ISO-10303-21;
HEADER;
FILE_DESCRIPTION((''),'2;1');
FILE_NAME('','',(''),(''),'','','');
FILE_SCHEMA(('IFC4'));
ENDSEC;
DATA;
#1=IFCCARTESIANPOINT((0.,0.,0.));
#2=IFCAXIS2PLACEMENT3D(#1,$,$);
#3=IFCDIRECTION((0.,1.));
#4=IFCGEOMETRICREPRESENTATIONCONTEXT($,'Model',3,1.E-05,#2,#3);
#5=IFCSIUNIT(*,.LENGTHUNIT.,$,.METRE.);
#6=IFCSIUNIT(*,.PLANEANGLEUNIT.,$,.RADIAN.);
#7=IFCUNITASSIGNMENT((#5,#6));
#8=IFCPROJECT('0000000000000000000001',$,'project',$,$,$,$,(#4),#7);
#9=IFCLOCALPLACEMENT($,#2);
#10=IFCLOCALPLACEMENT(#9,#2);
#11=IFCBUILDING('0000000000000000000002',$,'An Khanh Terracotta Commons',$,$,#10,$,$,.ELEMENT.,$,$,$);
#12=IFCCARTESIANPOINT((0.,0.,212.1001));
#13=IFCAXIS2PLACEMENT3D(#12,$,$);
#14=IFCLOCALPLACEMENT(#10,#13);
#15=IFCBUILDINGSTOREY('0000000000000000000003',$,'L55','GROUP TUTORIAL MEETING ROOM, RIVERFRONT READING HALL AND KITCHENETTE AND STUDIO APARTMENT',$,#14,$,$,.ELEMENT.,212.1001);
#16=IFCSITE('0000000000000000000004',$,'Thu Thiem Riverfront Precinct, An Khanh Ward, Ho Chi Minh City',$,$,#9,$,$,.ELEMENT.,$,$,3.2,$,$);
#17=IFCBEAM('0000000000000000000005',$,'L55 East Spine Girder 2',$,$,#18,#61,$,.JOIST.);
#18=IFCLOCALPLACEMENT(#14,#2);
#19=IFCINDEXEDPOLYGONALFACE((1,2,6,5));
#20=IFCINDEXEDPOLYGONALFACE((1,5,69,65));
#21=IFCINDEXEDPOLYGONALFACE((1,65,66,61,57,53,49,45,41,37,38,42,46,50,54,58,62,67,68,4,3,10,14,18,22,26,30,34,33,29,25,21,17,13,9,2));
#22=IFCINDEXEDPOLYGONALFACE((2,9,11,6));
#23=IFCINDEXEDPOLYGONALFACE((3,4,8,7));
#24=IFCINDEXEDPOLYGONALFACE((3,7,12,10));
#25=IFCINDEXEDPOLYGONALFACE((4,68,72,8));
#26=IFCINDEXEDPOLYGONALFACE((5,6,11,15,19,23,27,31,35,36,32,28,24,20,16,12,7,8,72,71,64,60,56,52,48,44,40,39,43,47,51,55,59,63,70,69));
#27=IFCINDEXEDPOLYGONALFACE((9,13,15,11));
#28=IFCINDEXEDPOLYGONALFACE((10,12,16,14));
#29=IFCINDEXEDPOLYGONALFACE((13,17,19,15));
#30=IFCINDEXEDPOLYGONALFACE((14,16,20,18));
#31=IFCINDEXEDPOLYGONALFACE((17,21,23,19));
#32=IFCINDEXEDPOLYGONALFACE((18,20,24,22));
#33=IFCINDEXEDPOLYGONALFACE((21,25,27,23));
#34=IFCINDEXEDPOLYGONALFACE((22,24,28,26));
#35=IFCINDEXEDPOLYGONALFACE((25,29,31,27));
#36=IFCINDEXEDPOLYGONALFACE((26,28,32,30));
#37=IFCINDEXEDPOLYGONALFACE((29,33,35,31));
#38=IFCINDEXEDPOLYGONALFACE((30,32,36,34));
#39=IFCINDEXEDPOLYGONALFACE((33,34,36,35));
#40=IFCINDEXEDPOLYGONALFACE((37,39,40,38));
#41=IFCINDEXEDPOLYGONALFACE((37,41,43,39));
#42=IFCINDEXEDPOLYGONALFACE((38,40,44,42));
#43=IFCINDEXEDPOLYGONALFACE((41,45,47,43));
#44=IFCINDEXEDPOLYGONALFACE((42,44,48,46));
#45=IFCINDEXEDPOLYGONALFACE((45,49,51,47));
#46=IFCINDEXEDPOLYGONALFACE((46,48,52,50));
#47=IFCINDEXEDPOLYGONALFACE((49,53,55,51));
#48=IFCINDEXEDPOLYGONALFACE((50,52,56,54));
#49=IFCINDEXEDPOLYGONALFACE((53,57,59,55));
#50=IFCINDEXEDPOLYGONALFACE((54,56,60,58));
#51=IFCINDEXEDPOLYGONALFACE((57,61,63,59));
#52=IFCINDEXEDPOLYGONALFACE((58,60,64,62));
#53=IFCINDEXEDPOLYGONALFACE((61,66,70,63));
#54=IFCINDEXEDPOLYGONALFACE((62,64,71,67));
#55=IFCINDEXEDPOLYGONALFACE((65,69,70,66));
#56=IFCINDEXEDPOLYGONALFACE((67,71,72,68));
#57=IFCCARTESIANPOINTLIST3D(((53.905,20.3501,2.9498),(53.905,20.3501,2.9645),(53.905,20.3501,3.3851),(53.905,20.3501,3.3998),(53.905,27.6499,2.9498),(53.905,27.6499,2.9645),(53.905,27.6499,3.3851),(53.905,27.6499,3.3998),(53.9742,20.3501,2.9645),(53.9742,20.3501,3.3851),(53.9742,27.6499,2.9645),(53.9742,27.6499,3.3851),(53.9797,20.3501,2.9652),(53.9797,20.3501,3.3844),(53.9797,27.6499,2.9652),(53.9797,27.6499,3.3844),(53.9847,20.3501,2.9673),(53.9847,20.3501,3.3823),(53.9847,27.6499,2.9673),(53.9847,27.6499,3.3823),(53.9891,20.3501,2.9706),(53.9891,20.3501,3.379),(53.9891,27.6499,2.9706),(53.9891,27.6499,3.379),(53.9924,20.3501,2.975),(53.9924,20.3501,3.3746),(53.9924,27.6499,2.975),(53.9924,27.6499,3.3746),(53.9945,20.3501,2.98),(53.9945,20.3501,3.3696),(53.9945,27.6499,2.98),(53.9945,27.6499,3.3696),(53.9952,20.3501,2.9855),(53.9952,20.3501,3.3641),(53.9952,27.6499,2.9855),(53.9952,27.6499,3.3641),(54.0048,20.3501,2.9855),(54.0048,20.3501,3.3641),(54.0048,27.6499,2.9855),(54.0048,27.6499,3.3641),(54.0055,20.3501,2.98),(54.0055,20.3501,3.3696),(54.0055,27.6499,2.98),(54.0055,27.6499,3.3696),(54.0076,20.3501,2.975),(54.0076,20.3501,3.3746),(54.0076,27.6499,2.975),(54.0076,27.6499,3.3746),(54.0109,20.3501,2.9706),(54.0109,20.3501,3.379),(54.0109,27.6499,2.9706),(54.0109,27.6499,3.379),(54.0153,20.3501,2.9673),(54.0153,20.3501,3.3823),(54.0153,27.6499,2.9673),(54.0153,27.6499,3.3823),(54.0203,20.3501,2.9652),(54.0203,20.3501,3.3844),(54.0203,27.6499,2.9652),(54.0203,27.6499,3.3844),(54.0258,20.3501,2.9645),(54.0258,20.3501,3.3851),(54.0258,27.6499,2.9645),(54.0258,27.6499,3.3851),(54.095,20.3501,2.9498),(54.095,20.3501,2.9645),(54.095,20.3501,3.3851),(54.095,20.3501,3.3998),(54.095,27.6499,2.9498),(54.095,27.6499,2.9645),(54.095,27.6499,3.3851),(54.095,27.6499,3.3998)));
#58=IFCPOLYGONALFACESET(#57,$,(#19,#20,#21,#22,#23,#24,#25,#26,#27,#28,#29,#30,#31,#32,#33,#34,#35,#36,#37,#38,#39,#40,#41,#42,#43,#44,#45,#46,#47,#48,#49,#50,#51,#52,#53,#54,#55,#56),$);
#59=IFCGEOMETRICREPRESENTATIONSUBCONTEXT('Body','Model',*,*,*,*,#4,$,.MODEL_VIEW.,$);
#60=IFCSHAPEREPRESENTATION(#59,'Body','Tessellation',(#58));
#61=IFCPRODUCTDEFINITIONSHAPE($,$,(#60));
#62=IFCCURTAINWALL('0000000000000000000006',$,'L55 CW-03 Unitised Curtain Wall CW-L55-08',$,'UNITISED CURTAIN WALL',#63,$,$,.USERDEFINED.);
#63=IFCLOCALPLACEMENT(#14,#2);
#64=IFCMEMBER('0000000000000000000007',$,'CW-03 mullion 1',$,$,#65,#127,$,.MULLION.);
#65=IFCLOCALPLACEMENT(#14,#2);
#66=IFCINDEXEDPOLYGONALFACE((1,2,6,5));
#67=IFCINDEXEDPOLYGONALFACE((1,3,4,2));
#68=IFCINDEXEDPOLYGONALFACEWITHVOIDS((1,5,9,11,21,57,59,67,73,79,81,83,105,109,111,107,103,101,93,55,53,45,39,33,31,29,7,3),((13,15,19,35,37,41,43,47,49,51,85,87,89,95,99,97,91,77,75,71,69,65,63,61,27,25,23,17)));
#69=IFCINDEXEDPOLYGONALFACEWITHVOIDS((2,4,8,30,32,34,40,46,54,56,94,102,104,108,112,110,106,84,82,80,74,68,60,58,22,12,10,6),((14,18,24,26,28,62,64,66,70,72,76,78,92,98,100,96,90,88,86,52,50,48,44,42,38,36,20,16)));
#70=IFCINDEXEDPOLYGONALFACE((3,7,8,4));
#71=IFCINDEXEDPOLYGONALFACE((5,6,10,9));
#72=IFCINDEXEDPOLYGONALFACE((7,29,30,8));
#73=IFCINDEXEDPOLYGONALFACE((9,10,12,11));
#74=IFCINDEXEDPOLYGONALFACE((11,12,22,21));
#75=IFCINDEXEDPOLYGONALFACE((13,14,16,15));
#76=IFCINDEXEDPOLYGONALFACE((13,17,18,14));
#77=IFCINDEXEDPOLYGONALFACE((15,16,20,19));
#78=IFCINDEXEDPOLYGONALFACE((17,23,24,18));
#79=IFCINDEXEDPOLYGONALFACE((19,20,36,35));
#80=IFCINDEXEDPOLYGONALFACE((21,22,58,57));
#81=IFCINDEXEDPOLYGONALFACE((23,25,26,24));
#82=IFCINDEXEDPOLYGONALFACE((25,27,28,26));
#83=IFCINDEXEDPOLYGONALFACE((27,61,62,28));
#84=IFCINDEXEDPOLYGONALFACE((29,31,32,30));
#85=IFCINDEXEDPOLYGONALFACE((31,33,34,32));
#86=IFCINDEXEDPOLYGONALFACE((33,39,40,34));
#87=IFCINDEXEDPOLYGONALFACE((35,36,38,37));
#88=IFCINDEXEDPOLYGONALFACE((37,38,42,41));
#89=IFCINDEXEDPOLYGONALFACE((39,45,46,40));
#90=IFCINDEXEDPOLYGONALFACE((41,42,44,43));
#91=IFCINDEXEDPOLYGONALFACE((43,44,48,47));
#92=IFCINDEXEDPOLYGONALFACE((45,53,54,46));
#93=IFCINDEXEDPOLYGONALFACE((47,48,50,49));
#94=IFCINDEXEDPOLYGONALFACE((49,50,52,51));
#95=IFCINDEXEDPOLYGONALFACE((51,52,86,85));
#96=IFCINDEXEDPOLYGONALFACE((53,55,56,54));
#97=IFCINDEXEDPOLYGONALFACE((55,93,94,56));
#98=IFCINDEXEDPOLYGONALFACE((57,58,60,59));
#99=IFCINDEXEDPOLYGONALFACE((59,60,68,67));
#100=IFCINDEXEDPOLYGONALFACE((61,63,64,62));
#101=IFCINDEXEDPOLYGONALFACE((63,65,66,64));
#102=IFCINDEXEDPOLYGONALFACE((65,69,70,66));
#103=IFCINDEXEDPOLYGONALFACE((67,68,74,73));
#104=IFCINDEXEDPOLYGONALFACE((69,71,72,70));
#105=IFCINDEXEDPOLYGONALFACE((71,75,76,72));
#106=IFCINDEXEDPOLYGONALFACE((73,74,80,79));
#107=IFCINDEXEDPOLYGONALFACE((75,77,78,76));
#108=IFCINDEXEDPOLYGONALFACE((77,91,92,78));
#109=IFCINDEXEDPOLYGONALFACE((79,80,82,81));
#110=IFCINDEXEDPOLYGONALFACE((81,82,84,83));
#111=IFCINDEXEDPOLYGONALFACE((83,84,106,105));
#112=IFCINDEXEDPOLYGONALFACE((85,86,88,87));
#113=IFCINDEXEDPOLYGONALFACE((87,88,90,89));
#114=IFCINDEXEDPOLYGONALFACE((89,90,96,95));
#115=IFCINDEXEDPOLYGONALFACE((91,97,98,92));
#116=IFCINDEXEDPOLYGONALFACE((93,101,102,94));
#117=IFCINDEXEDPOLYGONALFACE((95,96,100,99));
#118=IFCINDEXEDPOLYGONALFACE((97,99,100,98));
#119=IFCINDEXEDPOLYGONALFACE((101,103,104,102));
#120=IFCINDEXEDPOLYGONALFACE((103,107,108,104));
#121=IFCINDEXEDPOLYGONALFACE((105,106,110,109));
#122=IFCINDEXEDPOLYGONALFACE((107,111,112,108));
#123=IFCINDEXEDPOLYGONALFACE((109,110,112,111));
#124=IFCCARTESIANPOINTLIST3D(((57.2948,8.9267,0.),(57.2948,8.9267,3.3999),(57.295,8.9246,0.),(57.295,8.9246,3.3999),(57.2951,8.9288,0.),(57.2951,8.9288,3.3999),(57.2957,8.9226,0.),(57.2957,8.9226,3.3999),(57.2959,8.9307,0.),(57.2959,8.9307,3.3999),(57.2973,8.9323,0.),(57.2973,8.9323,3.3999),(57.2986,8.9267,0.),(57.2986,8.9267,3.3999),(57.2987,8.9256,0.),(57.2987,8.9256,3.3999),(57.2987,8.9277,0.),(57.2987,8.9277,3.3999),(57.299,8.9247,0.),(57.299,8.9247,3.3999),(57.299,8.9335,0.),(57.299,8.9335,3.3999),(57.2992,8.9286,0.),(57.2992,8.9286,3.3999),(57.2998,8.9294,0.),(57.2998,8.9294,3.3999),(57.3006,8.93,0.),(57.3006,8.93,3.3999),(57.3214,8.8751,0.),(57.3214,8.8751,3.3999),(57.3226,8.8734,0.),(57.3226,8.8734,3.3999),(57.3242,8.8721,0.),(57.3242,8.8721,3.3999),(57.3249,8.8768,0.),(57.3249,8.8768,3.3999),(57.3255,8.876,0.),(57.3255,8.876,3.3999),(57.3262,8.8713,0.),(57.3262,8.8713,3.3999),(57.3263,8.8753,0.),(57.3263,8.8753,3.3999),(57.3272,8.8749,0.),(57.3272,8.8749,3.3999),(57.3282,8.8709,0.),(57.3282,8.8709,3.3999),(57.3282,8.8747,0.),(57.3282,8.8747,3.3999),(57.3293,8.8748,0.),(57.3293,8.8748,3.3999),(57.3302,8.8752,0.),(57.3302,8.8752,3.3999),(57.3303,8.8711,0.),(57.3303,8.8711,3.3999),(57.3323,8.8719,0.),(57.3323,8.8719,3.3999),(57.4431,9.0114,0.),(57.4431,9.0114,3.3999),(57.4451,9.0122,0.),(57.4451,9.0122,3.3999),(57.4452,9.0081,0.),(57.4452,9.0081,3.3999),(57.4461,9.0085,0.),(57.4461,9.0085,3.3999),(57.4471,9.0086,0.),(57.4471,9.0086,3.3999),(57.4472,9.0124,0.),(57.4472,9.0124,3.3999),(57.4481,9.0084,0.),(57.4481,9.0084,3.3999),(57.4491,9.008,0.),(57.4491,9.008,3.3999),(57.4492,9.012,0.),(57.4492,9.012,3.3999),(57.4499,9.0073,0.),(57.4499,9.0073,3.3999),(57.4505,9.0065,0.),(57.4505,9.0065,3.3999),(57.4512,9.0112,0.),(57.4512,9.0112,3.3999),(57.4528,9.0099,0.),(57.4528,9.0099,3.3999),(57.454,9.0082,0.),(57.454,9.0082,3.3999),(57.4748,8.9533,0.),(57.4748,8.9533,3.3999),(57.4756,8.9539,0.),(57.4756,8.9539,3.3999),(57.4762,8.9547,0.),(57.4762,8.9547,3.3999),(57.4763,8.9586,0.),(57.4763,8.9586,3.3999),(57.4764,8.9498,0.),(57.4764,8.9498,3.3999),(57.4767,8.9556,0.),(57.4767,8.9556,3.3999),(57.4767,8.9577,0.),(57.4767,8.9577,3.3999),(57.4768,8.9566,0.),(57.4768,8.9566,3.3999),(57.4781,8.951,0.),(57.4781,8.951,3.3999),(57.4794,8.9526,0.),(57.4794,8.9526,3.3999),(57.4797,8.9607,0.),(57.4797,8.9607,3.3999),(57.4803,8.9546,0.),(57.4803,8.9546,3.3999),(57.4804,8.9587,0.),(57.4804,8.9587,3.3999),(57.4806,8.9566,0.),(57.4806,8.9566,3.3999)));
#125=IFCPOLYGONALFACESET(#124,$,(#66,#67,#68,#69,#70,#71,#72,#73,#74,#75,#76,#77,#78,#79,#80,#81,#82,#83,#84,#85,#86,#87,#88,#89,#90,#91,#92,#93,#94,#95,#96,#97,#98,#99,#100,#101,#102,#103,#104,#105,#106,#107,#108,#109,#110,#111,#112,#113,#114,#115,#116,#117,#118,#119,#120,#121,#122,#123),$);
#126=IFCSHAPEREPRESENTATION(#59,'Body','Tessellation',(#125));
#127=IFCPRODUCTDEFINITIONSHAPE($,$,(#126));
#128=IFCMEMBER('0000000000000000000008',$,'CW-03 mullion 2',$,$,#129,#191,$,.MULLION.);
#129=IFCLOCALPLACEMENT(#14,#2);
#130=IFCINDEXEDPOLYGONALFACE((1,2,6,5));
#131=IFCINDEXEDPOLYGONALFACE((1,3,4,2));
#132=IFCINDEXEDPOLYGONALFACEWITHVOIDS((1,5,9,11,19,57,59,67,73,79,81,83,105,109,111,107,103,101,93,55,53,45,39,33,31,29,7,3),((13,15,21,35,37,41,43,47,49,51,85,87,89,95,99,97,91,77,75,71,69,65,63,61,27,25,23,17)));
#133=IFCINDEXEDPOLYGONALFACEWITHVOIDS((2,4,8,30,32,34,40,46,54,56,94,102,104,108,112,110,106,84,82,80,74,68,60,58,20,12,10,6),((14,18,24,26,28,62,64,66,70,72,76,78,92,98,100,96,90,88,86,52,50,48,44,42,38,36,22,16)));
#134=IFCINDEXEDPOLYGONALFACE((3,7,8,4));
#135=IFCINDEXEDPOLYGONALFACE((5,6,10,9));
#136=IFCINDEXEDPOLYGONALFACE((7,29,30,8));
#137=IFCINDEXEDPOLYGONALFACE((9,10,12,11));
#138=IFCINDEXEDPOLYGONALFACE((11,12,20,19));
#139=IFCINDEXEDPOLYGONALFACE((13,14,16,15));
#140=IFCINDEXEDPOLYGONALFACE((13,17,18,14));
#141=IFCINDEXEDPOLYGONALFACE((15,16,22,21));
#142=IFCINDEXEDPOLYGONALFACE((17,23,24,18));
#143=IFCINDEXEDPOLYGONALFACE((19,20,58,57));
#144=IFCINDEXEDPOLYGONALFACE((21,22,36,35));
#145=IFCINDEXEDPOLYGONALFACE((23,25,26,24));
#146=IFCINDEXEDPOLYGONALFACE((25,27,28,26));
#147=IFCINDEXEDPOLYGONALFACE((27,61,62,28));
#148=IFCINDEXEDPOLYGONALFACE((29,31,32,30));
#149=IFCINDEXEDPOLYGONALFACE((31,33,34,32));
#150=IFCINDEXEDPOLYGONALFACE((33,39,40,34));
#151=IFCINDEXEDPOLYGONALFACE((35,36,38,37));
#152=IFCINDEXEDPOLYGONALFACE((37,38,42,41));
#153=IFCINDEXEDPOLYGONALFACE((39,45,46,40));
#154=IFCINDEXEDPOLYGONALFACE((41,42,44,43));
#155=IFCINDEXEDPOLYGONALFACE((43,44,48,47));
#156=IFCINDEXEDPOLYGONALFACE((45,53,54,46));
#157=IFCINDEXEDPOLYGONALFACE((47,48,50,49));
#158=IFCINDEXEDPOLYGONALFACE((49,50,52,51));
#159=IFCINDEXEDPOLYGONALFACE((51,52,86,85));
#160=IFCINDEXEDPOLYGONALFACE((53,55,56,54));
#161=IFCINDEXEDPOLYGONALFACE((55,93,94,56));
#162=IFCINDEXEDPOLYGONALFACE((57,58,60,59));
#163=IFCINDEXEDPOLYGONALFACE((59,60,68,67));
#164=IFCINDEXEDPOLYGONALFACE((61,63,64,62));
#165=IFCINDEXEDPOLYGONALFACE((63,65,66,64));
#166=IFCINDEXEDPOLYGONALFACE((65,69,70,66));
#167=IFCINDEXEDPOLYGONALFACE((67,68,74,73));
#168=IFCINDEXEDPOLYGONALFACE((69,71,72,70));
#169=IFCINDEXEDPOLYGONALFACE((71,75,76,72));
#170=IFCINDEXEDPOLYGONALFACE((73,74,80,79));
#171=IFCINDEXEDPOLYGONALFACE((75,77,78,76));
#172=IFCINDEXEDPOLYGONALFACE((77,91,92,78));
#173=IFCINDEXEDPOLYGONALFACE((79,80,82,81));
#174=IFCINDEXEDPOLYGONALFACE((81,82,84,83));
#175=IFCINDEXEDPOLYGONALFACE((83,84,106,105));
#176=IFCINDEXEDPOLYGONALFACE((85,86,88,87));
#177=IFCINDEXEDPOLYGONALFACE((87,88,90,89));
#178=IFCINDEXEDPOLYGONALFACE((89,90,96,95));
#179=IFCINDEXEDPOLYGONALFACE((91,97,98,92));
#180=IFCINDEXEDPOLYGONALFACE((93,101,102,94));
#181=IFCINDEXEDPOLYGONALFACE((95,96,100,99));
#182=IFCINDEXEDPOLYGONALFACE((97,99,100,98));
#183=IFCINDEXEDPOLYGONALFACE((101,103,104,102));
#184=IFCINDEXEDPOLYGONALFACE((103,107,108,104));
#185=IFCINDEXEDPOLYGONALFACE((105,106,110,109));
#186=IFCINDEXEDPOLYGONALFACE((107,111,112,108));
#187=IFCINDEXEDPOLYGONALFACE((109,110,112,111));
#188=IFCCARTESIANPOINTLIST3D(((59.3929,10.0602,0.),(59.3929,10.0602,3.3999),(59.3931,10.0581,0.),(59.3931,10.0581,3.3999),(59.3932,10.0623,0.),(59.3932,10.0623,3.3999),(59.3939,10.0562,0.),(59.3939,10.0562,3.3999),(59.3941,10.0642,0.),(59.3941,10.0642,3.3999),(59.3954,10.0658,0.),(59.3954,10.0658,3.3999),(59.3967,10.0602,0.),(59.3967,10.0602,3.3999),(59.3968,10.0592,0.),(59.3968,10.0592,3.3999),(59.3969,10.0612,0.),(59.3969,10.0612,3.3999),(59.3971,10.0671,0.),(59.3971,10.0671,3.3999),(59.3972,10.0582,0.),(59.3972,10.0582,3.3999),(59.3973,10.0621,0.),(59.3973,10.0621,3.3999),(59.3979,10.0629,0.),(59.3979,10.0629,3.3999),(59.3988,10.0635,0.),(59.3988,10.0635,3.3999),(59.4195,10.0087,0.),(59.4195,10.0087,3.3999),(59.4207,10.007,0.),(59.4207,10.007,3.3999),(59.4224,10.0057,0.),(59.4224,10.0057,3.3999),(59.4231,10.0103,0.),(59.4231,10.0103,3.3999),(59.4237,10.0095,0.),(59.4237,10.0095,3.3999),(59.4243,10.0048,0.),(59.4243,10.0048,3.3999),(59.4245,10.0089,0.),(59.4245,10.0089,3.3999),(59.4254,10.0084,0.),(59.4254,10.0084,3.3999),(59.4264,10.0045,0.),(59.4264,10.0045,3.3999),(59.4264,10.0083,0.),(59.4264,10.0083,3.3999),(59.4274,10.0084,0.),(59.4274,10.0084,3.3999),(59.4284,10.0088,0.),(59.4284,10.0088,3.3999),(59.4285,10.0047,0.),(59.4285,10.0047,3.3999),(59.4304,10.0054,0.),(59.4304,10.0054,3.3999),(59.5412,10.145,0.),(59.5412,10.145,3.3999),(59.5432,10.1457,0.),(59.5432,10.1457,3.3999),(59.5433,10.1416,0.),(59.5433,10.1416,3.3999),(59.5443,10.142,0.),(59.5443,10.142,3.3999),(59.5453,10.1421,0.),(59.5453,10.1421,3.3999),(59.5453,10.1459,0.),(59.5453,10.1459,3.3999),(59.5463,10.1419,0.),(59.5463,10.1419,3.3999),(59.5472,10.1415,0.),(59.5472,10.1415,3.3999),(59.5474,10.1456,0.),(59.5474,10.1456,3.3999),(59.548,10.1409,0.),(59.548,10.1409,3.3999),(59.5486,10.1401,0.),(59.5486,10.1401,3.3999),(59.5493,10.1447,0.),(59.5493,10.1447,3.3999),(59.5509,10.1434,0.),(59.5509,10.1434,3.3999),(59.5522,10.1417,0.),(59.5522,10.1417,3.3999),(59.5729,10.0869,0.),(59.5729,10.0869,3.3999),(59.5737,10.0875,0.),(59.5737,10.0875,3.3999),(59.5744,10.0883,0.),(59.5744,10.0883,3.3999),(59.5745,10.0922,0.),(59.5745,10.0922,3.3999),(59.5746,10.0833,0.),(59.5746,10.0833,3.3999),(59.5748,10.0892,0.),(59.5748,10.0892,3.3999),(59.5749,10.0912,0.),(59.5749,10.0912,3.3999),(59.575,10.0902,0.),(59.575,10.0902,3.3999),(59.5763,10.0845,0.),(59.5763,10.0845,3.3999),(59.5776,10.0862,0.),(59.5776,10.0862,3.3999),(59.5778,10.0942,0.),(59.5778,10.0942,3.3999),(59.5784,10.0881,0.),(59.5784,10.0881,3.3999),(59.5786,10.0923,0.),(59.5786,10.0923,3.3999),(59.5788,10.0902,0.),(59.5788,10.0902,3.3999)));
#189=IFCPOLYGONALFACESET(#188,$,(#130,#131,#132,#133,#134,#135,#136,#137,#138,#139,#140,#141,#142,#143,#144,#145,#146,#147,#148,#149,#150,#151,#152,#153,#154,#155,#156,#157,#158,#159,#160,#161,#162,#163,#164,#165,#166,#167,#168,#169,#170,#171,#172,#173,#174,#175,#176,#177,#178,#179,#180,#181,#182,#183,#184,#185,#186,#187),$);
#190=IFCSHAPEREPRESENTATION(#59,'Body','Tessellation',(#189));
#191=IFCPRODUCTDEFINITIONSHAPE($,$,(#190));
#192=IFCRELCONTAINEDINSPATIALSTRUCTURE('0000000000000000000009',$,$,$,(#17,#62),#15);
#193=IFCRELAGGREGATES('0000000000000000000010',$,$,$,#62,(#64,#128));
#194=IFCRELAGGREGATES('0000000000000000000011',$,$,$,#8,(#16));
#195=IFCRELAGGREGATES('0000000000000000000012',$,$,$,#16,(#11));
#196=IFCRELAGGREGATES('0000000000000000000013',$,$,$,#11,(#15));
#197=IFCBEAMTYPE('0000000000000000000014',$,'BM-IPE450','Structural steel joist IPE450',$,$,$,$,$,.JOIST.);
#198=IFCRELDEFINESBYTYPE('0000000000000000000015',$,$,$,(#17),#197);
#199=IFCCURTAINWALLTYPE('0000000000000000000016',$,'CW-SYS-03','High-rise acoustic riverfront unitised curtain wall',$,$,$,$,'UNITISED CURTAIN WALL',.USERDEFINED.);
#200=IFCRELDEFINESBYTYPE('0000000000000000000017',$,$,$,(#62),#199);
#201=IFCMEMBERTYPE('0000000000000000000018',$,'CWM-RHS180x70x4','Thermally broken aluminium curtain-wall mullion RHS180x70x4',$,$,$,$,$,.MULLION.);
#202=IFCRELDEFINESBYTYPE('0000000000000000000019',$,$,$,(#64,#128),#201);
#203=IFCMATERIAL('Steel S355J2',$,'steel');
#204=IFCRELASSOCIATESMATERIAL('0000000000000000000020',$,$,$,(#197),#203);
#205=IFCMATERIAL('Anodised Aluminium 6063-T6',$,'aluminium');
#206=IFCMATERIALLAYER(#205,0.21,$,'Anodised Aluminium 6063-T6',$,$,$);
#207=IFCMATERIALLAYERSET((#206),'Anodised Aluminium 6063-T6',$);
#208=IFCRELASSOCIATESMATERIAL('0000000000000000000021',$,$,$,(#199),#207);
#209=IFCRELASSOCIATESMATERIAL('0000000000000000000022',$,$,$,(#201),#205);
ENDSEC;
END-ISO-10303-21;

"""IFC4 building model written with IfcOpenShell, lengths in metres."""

from ifc_helpers import new_model, si_unit, direction, frame, origin, origin_2d, place, context, subcontext, project, spatial, hollow_rectangle, i_section, extrude, material, layer, layer_set, material_profile, profile_set, type_object, element, aggregate, save


model = new_model("IFC4")

# Units and contexts
model_context = context("Model", 3, precision=1e-05, world=origin(), true_north=direction((0.0, 1.0)))
body_context = subcontext(model_context, "Body", "Model", "MODEL_VIEW")
ifc_project = project(units=[si_unit("LENGTHUNIT", "METRE"), si_unit("PLANEANGLEUNIT", "RADIAN")], contexts=[model_context])

# Site, building, storey
site_placement = place(None, origin())
site = spatial("IfcSite", under=ifc_project, at=site_placement, Name="Thu Thiem Riverfront Precinct, An Khanh Ward, Ho Chi Minh City", CompositionType="ELEMENT", RefElevation=3.2)
building_placement = place(site_placement, origin())
building = spatial("IfcBuilding", under=site, at=building_placement, Name="An Khanh Terracotta Commons", CompositionType="ELEMENT")
storey_placement = place(building_placement, frame((0.0, 0.0, 212.1001)))
storey = spatial("IfcBuildingStorey", under=building, at=storey_placement, Name="L55", Description="GROUP TUTORIAL MEETING ROOM, RIVERFRONT READING HALL AND KITCHENETTE AND STUDIO APARTMENT", CompositionType="ELEMENT", Elevation=212.1001)

# Beam
ifc_material_1 = material(Name="Steel S355J2", Category="steel")
ifc_material_profile_1 = material_profile(ifc_material_1, i_section(OverallWidth=0.1899, OverallDepth=0.45, WebThickness=0.0095, FlangeThickness=0.0146, FilletRadius=0.021, at=origin_2d()), Name="IPE450")
ifc_profile_set_1 = profile_set([ifc_material_profile_1], Name="Steel S355J2")
beam_type_1 = type_object("IfcBeamType", Name="BM-IPE450", Description="Structural steel joist IPE450", PredefinedType="JOIST", material=ifc_profile_set_1)
beam_1_placement = place(storey_placement, frame((54.0, 20.3501, 3.1748), z_axis=(0.0, 1.0, 0.0), x_axis=(-1.0, 0.0, 0.0)))
element("IfcBeam", 1, at=beam_1_placement, inside=storey, type_object=beam_type_1, Name="L55 East Spine Girder 2", PredefinedType="JOIST", context=body_context, shape_type="SweptSolid", body=[
    extrude(i_section(OverallWidth=0.1899, OverallDepth=0.45, WebThickness=0.0095, FlangeThickness=0.0146, FilletRadius=0.021, at=origin_2d()), origin(), (0.0, 0.0, 1.0), 7.2998),
])

# Curtain wall, members
ifc_material_2 = material(Name="Anodised Aluminium 6063-T6", Category="aluminium")
ifc_layer_1 = layer(ifc_material_2, 0.21, Name="Anodised Aluminium 6063-T6")
ifc_layer_set_1 = layer_set([ifc_layer_1], Name="Anodised Aluminium 6063-T6")
curtain_wall_type = type_object("IfcCurtainWallType", Name="CW-SYS-03", Description="High-rise acoustic riverfront unitised curtain wall", ElementType="UNITISED CURTAIN WALL", PredefinedType="USERDEFINED", material=ifc_layer_set_1)
curtain_wall_placement = place(storey_placement, origin())
curtain_wall = element("IfcCurtainWall", 2, at=curtain_wall_placement, inside=storey, type_object=curtain_wall_type, Name="L55 CW-03 Unitised Curtain Wall CW-L55-08", ObjectType="UNITISED CURTAIN WALL", PredefinedType="USERDEFINED")
ifc_material_profile_2 = material_profile(ifc_material_2, hollow_rectangle(XDim=0.0701, YDim=0.1799, WallThickness=0.0039, InnerFilletRadius=0.0039, OuterFilletRadius=0.0081, at=origin_2d()), Name="RHS180x70x4")
ifc_profile_set_2 = profile_set([ifc_material_profile_2], Name="Anodised Aluminium 6063-T6")
member_type_1 = type_object("IfcMemberType", Name="CWM-RHS180x70x4", Description="Thermally broken aluminium curtain-wall mullion RHS180x70x4", PredefinedType="MULLION", material=ifc_profile_set_2)
member_1_placement = place(storey_placement, frame((57.3877, 8.9417, 0.0), z_axis=(0.0, 0.0, 1.0), x_axis=(-0.475381, 0.87978, 0.0)))
member_1 = element("IfcMember", 3, at=member_1_placement, type_object=member_type_1, Name="CW-03 mullion 1", PredefinedType="MULLION", context=body_context, shape_type="SweptSolid", body=[
    extrude(hollow_rectangle(XDim=0.0701, YDim=0.1799, WallThickness=0.0039, InnerFilletRadius=0.0039, OuterFilletRadius=0.0081, at=origin_2d()), origin(), (0.0, 0.0, 1.0), 3.3999),
])
member_2_placement = place(storey_placement, frame((59.4858, 10.0752, 0.0), z_axis=(0.0, 0.0, 1.0), x_axis=(-0.475381, 0.87978, 0.0)))
member_2 = element("IfcMember", 4, at=member_2_placement, type_object=member_type_1, Name="CW-03 mullion 2", PredefinedType="MULLION", context=body_context, shape_type="SweptSolid", body=[
    extrude(hollow_rectangle(XDim=0.0701, YDim=0.1799, WallThickness=0.0039, InnerFilletRadius=0.0039, OuterFilletRadius=0.0081, at=origin_2d()), origin(), (0.0, 0.0, 1.0), 3.3999),
])
aggregate(curtain_wall, [member_1, member_2])

save(model, "model.ifc")
